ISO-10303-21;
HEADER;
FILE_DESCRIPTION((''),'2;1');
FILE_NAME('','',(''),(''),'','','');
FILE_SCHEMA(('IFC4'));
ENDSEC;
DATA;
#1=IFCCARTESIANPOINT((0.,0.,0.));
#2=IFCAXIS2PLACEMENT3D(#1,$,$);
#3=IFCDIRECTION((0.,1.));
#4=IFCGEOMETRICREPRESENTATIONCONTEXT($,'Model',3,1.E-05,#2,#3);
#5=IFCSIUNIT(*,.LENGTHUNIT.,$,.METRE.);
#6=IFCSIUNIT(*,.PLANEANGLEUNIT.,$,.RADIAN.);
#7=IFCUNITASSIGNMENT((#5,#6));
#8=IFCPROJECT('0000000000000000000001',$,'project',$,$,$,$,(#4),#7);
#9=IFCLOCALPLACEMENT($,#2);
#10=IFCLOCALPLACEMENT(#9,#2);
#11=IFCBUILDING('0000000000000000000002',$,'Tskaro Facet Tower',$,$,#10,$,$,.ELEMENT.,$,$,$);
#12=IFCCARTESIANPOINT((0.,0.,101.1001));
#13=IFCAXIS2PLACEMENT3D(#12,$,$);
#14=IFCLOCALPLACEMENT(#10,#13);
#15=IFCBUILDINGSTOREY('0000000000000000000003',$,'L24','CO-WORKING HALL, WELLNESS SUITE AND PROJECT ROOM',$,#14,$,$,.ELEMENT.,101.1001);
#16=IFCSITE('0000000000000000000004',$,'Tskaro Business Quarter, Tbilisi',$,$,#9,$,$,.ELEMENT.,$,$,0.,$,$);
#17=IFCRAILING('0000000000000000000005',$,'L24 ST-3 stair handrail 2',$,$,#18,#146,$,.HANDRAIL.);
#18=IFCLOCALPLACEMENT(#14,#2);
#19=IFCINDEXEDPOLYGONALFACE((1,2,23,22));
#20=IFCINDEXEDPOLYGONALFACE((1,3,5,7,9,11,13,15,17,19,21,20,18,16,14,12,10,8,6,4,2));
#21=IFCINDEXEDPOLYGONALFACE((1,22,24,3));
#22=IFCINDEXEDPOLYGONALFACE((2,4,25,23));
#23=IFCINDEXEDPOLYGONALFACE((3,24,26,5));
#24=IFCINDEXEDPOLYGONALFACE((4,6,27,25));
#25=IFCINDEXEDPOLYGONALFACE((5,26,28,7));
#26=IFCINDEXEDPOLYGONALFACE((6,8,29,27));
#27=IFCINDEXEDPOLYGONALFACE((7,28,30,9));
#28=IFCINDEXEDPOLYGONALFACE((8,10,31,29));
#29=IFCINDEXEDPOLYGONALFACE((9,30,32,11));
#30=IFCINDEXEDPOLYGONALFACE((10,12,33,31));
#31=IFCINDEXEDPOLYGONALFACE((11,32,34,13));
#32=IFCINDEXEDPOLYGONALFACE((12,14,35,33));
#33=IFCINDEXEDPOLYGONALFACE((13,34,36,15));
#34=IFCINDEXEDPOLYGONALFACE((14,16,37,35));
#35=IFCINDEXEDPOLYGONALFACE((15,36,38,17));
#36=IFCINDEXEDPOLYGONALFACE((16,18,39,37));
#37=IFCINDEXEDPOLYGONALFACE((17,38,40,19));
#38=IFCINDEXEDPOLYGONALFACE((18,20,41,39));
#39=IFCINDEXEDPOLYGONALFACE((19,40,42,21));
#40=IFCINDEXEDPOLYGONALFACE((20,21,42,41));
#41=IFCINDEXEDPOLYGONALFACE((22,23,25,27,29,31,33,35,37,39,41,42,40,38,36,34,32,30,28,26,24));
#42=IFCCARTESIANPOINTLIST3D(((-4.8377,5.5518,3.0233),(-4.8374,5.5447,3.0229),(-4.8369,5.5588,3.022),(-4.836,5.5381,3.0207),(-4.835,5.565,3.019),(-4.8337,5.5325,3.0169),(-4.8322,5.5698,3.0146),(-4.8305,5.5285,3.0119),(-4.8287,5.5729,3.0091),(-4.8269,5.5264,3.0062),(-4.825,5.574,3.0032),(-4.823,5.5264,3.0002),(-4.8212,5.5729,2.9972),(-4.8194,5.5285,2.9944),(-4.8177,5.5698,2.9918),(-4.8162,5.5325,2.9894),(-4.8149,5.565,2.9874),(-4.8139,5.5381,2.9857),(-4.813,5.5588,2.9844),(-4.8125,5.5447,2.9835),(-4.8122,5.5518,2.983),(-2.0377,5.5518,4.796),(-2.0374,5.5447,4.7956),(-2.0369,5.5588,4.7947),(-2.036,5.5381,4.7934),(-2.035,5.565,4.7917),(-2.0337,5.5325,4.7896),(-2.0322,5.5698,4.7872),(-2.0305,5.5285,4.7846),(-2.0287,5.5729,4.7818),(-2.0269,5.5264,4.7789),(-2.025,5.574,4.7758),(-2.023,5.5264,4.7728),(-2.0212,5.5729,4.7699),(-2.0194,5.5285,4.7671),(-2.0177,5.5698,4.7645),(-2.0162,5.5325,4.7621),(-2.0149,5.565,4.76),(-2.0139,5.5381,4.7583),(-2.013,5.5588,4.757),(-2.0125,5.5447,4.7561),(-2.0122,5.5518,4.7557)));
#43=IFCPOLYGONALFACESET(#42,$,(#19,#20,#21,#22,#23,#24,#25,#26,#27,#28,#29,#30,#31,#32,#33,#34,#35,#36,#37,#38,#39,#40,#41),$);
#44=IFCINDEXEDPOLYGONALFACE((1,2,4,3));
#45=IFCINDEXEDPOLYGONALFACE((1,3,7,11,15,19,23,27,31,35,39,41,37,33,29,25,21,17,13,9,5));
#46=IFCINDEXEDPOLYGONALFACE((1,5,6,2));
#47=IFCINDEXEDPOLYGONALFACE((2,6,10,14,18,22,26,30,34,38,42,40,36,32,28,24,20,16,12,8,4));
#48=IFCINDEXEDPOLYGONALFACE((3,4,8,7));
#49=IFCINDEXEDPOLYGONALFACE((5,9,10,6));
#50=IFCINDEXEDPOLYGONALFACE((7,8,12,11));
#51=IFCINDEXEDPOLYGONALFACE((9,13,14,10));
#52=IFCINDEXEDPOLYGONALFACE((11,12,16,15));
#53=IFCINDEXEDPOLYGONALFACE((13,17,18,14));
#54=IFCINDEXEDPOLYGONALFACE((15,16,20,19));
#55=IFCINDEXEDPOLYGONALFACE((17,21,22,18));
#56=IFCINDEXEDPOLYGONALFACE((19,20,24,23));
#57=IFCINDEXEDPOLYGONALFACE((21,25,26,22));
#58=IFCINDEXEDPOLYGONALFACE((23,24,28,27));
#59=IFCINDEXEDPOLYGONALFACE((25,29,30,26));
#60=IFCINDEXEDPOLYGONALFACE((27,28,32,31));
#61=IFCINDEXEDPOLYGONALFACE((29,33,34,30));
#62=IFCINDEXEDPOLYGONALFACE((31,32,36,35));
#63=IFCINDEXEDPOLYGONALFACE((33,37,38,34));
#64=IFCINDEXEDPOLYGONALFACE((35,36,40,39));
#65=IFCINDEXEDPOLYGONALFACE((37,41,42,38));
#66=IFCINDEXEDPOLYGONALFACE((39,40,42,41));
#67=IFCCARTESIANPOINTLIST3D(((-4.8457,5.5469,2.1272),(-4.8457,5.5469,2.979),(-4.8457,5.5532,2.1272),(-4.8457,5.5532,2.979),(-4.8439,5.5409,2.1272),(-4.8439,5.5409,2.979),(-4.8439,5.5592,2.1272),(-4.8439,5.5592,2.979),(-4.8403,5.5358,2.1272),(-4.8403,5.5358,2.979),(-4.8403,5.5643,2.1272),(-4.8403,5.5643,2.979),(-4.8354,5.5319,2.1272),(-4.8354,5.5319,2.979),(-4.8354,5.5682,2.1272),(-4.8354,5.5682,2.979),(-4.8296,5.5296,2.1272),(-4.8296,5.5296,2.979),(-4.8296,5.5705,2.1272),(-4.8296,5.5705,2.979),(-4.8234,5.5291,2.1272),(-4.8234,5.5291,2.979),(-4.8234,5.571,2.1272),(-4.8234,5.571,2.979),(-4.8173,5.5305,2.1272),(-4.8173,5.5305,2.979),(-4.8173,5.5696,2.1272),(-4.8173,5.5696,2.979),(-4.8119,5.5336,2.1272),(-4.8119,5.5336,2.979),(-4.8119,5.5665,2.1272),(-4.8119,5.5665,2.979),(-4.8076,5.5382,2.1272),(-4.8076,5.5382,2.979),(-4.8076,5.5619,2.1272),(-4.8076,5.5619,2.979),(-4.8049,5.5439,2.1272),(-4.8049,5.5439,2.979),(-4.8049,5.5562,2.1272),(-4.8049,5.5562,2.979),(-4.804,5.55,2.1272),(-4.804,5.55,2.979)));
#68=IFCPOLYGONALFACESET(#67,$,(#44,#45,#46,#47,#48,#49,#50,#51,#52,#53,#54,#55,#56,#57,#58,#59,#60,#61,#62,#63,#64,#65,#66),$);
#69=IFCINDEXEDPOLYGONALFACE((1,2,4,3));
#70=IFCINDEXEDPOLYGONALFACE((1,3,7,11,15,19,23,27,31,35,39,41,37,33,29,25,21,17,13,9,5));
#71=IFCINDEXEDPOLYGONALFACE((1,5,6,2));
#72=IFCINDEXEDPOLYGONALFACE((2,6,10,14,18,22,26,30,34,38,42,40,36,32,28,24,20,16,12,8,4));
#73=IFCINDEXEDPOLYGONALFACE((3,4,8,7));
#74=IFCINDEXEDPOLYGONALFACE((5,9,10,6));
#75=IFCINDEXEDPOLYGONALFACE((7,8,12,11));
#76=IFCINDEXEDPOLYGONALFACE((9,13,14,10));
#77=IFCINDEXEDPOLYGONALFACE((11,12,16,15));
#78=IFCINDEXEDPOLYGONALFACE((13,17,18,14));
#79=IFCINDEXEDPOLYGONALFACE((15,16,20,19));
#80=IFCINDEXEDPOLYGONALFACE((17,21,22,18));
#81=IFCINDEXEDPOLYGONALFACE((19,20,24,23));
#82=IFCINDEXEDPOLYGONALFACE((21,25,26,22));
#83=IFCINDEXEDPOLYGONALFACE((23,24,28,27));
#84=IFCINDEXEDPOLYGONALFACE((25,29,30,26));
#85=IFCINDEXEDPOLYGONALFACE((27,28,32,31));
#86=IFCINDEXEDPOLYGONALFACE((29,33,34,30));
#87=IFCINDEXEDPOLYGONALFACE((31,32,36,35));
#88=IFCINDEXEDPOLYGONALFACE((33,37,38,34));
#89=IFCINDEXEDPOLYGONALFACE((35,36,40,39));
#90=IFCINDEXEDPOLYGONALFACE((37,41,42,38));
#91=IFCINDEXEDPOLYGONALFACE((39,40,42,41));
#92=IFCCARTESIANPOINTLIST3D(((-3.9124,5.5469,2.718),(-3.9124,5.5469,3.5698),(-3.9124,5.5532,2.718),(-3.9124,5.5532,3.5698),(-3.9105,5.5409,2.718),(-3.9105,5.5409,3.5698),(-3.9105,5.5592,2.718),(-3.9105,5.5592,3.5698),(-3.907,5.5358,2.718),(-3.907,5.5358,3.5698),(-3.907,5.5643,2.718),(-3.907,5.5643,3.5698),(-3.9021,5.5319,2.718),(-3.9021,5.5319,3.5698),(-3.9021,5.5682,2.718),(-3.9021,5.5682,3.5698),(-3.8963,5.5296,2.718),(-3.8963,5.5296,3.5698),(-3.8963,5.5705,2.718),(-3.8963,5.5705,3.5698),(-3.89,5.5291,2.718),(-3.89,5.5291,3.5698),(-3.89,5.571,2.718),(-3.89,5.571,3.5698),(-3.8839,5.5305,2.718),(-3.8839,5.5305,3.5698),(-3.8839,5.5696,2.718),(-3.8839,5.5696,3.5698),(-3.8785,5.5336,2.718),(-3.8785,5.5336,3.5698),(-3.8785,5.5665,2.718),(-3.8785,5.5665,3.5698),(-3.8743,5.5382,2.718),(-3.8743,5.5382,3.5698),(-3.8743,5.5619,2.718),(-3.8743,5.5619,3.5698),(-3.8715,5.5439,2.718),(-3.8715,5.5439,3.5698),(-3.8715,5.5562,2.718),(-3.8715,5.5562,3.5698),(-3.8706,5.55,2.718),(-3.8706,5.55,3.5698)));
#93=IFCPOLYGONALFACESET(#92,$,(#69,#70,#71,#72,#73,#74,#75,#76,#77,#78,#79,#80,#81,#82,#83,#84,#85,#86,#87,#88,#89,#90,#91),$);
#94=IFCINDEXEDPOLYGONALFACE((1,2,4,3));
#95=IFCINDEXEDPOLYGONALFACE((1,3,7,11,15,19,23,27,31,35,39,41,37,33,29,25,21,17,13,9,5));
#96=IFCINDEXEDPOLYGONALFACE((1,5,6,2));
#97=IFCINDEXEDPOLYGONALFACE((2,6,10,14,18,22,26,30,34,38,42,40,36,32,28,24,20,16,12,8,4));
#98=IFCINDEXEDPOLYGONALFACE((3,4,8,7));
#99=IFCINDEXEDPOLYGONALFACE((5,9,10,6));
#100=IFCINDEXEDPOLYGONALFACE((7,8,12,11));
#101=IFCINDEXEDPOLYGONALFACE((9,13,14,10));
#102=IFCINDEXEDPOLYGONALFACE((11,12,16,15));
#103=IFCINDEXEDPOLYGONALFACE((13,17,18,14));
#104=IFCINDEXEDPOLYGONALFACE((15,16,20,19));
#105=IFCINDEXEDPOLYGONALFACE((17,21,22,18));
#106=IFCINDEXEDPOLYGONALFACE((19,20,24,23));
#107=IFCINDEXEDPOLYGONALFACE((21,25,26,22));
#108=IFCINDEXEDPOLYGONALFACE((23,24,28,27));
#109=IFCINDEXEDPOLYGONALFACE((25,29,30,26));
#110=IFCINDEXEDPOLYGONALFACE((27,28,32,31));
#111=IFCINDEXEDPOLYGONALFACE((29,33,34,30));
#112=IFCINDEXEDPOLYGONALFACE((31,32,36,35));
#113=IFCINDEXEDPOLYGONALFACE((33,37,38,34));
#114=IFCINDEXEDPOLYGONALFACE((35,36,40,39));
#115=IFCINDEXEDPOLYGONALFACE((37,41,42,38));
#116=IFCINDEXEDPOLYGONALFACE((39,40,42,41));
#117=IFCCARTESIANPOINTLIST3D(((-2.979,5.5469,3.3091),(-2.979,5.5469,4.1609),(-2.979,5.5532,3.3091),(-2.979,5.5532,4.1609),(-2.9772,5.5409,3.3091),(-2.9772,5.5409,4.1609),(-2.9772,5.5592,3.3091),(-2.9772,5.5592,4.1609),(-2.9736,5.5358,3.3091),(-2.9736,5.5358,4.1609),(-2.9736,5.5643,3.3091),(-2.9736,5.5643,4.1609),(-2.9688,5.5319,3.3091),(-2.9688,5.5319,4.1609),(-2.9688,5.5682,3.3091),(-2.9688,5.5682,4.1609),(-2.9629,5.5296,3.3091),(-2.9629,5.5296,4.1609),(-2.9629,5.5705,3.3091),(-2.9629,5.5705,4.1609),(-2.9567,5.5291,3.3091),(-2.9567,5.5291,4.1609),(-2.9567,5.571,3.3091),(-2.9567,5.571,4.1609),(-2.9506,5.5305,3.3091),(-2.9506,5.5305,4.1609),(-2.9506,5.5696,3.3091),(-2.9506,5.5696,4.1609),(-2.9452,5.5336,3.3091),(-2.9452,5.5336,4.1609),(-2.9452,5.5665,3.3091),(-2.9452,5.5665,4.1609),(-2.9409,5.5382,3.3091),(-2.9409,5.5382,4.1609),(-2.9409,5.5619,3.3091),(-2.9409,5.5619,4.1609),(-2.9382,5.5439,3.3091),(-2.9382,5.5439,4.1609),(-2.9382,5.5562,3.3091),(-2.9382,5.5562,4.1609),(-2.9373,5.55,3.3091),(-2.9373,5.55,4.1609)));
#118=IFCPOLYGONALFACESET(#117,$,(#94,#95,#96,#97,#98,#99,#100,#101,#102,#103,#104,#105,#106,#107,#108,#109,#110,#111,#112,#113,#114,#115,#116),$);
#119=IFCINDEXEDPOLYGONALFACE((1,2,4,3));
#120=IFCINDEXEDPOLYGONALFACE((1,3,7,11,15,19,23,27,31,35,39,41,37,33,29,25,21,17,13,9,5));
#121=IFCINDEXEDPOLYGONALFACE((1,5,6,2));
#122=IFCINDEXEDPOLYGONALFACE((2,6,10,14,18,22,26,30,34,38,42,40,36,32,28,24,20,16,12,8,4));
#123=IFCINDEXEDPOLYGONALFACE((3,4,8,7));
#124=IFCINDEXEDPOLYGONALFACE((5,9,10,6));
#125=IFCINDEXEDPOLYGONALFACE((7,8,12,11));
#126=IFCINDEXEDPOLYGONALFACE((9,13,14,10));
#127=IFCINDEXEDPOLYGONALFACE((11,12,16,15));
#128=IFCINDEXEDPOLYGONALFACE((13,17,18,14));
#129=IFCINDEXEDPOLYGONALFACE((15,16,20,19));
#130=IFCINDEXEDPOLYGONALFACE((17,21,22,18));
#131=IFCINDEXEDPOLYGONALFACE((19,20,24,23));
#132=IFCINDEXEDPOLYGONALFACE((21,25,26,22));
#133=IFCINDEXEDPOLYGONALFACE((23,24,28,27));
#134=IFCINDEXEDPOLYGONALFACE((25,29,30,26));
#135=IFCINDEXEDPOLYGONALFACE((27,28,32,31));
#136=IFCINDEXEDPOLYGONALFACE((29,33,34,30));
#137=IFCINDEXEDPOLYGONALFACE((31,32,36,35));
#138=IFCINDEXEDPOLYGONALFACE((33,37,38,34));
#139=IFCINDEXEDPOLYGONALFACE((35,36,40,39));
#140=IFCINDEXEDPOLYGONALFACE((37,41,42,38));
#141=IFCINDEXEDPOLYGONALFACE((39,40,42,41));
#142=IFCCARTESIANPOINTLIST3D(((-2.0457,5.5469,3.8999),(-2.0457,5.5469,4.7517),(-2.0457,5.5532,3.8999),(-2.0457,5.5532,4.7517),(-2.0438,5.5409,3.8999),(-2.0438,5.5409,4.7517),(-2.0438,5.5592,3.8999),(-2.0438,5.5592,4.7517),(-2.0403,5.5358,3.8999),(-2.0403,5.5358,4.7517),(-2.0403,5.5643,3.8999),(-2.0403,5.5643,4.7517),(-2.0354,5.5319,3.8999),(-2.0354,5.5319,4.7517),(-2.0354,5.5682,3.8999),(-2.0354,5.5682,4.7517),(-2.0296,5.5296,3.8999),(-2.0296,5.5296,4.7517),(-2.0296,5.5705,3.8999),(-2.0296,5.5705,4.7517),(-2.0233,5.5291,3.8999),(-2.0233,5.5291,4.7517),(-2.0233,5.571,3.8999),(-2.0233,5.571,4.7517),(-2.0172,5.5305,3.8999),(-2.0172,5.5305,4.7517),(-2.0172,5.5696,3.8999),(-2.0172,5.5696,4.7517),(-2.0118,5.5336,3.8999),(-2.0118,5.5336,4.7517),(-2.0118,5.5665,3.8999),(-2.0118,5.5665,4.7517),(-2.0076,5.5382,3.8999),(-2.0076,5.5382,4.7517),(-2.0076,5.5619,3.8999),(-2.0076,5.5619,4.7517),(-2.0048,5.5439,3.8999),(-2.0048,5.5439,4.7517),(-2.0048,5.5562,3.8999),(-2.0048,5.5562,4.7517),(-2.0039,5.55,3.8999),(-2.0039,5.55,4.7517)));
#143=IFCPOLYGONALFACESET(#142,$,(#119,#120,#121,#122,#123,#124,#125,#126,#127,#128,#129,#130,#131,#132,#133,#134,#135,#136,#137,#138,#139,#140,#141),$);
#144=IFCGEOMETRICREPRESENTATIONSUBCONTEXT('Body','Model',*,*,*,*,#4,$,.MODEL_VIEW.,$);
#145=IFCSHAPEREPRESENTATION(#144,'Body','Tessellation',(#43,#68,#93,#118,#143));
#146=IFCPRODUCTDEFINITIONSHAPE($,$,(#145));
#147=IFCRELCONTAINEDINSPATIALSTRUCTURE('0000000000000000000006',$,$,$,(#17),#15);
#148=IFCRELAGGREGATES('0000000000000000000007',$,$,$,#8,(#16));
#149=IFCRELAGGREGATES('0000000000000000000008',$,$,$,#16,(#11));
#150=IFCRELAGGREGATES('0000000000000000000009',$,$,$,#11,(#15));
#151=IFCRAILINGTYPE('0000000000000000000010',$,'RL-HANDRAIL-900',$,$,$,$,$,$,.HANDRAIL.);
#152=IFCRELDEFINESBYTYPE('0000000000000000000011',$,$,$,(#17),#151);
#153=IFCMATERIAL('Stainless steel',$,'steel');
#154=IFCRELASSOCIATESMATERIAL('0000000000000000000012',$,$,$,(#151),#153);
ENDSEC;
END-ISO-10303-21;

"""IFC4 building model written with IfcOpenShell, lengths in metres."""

from ifc_helpers import new_model, si_unit, direction, frame, origin, origin_2d, place, context, subcontext, project, spatial, circle, extrude, material, type_object, element, save


model = new_model("IFC4")

# Units and contexts
model_context = context("Model", 3, precision=1e-05, world=origin(), true_north=direction((0.0, 1.0)))
body_context = subcontext(model_context, "Body", "Model", "MODEL_VIEW")
ifc_project = project(units=[si_unit("LENGTHUNIT", "METRE"), si_unit("PLANEANGLEUNIT", "RADIAN")], contexts=[model_context])

# Site, building, storey
site_placement = place(None, origin())
site = spatial("IfcSite", under=ifc_project, at=site_placement, Name="Tskaro Business Quarter, Tbilisi", CompositionType="ELEMENT", RefElevation=0.0)
building_placement = place(site_placement, origin())
building = spatial("IfcBuilding", under=site, at=building_placement, Name="Tskaro Facet Tower", CompositionType="ELEMENT")
storey_placement = place(building_placement, frame((0.0, 0.0, 101.1001)))
storey = spatial("IfcBuildingStorey", under=building, at=storey_placement, Name="L24", Description="CO-WORKING HALL, WELLNESS SUITE AND PROJECT ROOM", CompositionType="ELEMENT", Elevation=101.1001)

# Railing
ifc_material_1 = material(Name="Stainless steel", Category="steel")
railing_type_1 = type_object("IfcRailingType", Name="RL-HANDRAIL-900", PredefinedType="HANDRAIL", material=ifc_material_1)
railing_1_placement = place(storey_placement, frame((-4.825, 5.55, 2.1272)))
element("IfcRailing", 1, at=railing_1_placement, inside=storey, type_object=railing_type_1, Name="L24 ST-3 stair handrail 2", PredefinedType="HANDRAIL", context=body_context, shape_type="SweptSolid", body=[
    extrude(circle(Radius=0.0239, at=origin_2d()), frame((0.0, 0.0, 0.876), z_axis=(0.844909, 0.0, 0.53491), x_axis=(0.0, 1.0, 0.0)), (0.0, 0.0, 1.0), 3.314),
    extrude(circle(Radius=0.021, at=origin_2d()), origin(), (0.0, 0.0, 1.0), 0.8518),
    extrude(circle(Radius=0.021, at=origin_2d()), frame((0.9333, 0.0, 0.5908)), (0.0, 0.0, 1.0), 0.8518),
    extrude(circle(Radius=0.021, at=origin_2d()), frame((1.8667, 0.0, 1.1819)), (0.0, 0.0, 1.0), 0.8518),
    extrude(circle(Radius=0.021, at=origin_2d()), frame((2.8, 0.0, 1.7727)), (0.0, 0.0, 1.0), 0.8518),
])

save(model, "model.ifc")
